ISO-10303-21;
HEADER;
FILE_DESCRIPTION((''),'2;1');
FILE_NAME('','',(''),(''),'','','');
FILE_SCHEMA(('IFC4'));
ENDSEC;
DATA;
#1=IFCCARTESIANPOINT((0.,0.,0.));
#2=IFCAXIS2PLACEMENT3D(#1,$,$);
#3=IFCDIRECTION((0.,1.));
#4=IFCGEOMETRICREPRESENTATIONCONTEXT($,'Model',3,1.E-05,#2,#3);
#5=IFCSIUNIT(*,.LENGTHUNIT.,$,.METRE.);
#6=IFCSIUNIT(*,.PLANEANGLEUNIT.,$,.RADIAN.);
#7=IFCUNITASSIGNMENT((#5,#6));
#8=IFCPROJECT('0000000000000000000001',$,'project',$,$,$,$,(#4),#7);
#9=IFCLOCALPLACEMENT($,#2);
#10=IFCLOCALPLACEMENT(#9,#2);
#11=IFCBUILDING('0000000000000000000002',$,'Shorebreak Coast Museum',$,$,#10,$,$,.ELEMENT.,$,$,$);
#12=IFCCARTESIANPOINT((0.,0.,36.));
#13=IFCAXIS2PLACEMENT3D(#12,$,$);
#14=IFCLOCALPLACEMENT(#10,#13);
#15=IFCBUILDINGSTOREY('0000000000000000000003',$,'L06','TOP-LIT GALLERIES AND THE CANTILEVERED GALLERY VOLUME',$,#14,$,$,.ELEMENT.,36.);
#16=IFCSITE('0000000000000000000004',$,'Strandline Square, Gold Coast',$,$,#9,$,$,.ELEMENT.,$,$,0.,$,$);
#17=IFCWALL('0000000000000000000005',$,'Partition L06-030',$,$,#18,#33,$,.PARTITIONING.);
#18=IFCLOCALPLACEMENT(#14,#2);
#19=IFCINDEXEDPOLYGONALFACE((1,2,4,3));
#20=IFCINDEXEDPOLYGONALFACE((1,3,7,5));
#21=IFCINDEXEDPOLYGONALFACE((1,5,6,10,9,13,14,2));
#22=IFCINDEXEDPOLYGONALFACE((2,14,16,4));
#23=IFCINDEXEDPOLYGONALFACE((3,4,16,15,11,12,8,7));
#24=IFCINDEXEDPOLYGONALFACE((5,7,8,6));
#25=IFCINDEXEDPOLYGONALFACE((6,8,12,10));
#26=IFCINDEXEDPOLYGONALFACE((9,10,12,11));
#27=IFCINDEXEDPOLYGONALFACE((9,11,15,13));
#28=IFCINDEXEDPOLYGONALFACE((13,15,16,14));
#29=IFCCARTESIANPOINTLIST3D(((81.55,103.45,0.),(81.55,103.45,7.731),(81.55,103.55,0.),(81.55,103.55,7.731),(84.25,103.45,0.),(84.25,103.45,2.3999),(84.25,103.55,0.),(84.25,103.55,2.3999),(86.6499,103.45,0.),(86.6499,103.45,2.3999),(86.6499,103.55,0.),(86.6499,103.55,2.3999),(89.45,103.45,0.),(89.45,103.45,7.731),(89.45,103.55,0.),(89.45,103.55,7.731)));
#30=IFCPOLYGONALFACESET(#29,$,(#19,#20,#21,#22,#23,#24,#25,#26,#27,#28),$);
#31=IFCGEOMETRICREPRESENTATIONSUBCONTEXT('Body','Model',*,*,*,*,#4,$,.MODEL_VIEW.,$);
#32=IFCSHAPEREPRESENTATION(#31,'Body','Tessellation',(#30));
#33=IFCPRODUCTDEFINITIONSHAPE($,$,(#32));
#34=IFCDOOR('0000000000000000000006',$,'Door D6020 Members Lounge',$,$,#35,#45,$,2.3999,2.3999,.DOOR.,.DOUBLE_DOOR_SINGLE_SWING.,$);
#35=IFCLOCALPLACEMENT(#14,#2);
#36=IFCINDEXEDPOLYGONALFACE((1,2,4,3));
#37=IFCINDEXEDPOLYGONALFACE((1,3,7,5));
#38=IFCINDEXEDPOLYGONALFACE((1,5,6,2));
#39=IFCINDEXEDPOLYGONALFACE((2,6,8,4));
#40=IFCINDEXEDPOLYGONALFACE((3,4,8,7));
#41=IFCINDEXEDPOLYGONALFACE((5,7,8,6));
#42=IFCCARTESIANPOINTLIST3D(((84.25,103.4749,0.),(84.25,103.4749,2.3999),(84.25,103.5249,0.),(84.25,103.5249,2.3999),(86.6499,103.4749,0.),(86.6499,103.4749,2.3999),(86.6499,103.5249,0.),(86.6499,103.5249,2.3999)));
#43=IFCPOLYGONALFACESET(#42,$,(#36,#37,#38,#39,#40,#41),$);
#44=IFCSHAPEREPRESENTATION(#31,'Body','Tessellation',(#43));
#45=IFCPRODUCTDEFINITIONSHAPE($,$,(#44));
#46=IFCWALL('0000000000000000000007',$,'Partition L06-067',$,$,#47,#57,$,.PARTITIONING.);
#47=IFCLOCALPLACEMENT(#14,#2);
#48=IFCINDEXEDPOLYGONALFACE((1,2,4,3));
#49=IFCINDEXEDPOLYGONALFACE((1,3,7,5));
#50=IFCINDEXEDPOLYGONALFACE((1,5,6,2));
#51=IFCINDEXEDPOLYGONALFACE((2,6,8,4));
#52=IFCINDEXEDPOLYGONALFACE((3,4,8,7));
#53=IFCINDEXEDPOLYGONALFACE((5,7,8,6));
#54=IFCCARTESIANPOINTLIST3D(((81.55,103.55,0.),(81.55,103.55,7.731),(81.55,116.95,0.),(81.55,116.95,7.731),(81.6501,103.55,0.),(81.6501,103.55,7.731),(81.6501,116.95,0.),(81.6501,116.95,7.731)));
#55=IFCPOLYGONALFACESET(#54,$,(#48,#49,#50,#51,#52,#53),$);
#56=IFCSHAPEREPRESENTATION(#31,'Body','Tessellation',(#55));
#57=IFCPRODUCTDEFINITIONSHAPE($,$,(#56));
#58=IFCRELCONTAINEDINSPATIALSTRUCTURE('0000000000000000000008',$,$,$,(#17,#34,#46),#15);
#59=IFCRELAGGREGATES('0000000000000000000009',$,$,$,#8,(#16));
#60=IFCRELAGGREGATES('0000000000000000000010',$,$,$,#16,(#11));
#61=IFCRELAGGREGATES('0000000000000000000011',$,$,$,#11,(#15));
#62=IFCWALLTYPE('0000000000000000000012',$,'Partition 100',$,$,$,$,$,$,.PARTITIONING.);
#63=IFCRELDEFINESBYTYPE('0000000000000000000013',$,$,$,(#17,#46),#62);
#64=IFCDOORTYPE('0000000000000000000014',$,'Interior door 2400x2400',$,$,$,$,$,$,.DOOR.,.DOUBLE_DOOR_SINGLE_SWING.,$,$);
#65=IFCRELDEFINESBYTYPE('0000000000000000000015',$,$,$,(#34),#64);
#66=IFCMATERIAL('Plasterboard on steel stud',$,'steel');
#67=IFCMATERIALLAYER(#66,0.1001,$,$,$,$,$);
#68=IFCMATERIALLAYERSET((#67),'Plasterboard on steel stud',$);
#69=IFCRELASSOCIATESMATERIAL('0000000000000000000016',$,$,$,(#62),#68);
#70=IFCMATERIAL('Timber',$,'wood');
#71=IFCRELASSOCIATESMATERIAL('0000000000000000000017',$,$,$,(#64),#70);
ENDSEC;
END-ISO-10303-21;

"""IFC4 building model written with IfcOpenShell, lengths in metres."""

from ifc_helpers import new_model, si_unit, direction, frame, frame_2d, origin, place, context, subcontext, project, spatial, rectangle, extrude, material, layer, layer_set, type_object, element, fill, save


model = new_model("IFC4")

# Units and contexts
model_context = context("Model", 3, precision=1e-05, world=origin(), true_north=direction((0.0, 1.0)))
body_context = subcontext(model_context, "Body", "Model", "MODEL_VIEW")
ifc_project = project(units=[si_unit("LENGTHUNIT", "METRE"), si_unit("PLANEANGLEUNIT", "RADIAN")], contexts=[model_context])

# Site, building, storey
site_placement = place(None, origin())
site = spatial("IfcSite", under=ifc_project, at=site_placement, Name="Strandline Square, Gold Coast", CompositionType="ELEMENT", RefElevation=0.0)
building_placement = place(site_placement, origin())
building = spatial("IfcBuilding", under=site, at=building_placement, Name="Shorebreak Coast Museum", CompositionType="ELEMENT")
storey_placement = place(building_placement, frame((0.0, 0.0, 36.0)))
storey = spatial("IfcBuildingStorey", under=building, at=storey_placement, Name="L06", Description="TOP-LIT GALLERIES AND THE CANTILEVERED GALLERY VOLUME", CompositionType="ELEMENT", Elevation=36.0)

# Shared definitions
ifc_material_1 = material(Name="Plasterboard on steel stud", Category="steel")
ifc_layer = layer(ifc_material_1, 0.1001)
ifc_layer_set = layer_set([ifc_layer], Name="Plasterboard on steel stud")
wall_type = type_object("IfcWallType", Name="Partition 100", PredefinedType="PARTITIONING", material=ifc_layer_set)

# Wall, opening, door
wall_1_placement = place(storey_placement, frame((81.55, 103.5, 0.0), z_axis=(0.0, 0.0, 1.0), x_axis=(1.0, 0.0, 0.0)))
wall_1 = element("IfcWall", 1, at=wall_1_placement, inside=storey, type_object=wall_type, Name="Partition L06-030", PredefinedType="PARTITIONING", context=body_context, shape_type="SweptSolid", body=[
    extrude(rectangle(XDim=7.8999, YDim=0.1001, at=frame_2d((3.95, 0.0))), origin(), (0.0, 0.0, 1.0), 7.731),
])
opening_placement = place(wall_1_placement, frame((2.7, 0.0, 0.0)))
opening = element("IfcOpeningElement", 2, at=opening_placement, cuts=wall_1, PredefinedType="OPENING", context=body_context, shape_type="SweptSolid", body=[
    extrude(rectangle(XDim=2.3999, YDim=2.3999, at=frame_2d((1.2, 1.2))), frame((0.0, 0.0601, 0.0), z_axis=(0.0, -1.0, 0.0), x_axis=(1.0, 0.0, 0.0)), (0.0, 0.0, 1.0), 0.1201),
])
ifc_material_2 = material(Name="Timber", Category="wood")
door_type = type_object("IfcDoorType", Name="Interior door 2400x2400", OperationType="DOUBLE_DOOR_SINGLE_SWING", PredefinedType="DOOR", material=ifc_material_2)
door_placement = place(opening_placement, origin())
door = element("IfcDoor", 3, at=door_placement, inside=storey, type_object=door_type, Name="Door D6020 Members Lounge", OperationType="DOUBLE_DOOR_SINGLE_SWING", OverallHeight=2.3999, OverallWidth=2.3999, PredefinedType="DOOR", context=body_context, shape_type="SweptSolid", body=[
    extrude(rectangle(XDim=2.3999, YDim=2.3999, at=frame_2d((1.2, 1.2))), frame((0.0, 0.0249, 0.0), z_axis=(0.0, -1.0, 0.0), x_axis=(1.0, 0.0, 0.0)), (0.0, 0.0, 1.0), 0.05),
])
fill(opening, door)

# Wall
wall_2_placement = place(storey_placement, frame((81.6001, 103.55, 0.0), z_axis=(0.0, 0.0, 1.0), x_axis=(0.0, 1.0, 0.0)))
element("IfcWall", 4, at=wall_2_placement, inside=storey, type_object=wall_type, Name="Partition L06-067", PredefinedType="PARTITIONING", context=body_context, shape_type="SweptSolid", body=[
    extrude(rectangle(XDim=13.3999, YDim=0.1001, at=frame_2d((6.7, 0.0))), origin(), (0.0, 0.0, 1.0), 7.731),
])

save(model, "model.ifc")
